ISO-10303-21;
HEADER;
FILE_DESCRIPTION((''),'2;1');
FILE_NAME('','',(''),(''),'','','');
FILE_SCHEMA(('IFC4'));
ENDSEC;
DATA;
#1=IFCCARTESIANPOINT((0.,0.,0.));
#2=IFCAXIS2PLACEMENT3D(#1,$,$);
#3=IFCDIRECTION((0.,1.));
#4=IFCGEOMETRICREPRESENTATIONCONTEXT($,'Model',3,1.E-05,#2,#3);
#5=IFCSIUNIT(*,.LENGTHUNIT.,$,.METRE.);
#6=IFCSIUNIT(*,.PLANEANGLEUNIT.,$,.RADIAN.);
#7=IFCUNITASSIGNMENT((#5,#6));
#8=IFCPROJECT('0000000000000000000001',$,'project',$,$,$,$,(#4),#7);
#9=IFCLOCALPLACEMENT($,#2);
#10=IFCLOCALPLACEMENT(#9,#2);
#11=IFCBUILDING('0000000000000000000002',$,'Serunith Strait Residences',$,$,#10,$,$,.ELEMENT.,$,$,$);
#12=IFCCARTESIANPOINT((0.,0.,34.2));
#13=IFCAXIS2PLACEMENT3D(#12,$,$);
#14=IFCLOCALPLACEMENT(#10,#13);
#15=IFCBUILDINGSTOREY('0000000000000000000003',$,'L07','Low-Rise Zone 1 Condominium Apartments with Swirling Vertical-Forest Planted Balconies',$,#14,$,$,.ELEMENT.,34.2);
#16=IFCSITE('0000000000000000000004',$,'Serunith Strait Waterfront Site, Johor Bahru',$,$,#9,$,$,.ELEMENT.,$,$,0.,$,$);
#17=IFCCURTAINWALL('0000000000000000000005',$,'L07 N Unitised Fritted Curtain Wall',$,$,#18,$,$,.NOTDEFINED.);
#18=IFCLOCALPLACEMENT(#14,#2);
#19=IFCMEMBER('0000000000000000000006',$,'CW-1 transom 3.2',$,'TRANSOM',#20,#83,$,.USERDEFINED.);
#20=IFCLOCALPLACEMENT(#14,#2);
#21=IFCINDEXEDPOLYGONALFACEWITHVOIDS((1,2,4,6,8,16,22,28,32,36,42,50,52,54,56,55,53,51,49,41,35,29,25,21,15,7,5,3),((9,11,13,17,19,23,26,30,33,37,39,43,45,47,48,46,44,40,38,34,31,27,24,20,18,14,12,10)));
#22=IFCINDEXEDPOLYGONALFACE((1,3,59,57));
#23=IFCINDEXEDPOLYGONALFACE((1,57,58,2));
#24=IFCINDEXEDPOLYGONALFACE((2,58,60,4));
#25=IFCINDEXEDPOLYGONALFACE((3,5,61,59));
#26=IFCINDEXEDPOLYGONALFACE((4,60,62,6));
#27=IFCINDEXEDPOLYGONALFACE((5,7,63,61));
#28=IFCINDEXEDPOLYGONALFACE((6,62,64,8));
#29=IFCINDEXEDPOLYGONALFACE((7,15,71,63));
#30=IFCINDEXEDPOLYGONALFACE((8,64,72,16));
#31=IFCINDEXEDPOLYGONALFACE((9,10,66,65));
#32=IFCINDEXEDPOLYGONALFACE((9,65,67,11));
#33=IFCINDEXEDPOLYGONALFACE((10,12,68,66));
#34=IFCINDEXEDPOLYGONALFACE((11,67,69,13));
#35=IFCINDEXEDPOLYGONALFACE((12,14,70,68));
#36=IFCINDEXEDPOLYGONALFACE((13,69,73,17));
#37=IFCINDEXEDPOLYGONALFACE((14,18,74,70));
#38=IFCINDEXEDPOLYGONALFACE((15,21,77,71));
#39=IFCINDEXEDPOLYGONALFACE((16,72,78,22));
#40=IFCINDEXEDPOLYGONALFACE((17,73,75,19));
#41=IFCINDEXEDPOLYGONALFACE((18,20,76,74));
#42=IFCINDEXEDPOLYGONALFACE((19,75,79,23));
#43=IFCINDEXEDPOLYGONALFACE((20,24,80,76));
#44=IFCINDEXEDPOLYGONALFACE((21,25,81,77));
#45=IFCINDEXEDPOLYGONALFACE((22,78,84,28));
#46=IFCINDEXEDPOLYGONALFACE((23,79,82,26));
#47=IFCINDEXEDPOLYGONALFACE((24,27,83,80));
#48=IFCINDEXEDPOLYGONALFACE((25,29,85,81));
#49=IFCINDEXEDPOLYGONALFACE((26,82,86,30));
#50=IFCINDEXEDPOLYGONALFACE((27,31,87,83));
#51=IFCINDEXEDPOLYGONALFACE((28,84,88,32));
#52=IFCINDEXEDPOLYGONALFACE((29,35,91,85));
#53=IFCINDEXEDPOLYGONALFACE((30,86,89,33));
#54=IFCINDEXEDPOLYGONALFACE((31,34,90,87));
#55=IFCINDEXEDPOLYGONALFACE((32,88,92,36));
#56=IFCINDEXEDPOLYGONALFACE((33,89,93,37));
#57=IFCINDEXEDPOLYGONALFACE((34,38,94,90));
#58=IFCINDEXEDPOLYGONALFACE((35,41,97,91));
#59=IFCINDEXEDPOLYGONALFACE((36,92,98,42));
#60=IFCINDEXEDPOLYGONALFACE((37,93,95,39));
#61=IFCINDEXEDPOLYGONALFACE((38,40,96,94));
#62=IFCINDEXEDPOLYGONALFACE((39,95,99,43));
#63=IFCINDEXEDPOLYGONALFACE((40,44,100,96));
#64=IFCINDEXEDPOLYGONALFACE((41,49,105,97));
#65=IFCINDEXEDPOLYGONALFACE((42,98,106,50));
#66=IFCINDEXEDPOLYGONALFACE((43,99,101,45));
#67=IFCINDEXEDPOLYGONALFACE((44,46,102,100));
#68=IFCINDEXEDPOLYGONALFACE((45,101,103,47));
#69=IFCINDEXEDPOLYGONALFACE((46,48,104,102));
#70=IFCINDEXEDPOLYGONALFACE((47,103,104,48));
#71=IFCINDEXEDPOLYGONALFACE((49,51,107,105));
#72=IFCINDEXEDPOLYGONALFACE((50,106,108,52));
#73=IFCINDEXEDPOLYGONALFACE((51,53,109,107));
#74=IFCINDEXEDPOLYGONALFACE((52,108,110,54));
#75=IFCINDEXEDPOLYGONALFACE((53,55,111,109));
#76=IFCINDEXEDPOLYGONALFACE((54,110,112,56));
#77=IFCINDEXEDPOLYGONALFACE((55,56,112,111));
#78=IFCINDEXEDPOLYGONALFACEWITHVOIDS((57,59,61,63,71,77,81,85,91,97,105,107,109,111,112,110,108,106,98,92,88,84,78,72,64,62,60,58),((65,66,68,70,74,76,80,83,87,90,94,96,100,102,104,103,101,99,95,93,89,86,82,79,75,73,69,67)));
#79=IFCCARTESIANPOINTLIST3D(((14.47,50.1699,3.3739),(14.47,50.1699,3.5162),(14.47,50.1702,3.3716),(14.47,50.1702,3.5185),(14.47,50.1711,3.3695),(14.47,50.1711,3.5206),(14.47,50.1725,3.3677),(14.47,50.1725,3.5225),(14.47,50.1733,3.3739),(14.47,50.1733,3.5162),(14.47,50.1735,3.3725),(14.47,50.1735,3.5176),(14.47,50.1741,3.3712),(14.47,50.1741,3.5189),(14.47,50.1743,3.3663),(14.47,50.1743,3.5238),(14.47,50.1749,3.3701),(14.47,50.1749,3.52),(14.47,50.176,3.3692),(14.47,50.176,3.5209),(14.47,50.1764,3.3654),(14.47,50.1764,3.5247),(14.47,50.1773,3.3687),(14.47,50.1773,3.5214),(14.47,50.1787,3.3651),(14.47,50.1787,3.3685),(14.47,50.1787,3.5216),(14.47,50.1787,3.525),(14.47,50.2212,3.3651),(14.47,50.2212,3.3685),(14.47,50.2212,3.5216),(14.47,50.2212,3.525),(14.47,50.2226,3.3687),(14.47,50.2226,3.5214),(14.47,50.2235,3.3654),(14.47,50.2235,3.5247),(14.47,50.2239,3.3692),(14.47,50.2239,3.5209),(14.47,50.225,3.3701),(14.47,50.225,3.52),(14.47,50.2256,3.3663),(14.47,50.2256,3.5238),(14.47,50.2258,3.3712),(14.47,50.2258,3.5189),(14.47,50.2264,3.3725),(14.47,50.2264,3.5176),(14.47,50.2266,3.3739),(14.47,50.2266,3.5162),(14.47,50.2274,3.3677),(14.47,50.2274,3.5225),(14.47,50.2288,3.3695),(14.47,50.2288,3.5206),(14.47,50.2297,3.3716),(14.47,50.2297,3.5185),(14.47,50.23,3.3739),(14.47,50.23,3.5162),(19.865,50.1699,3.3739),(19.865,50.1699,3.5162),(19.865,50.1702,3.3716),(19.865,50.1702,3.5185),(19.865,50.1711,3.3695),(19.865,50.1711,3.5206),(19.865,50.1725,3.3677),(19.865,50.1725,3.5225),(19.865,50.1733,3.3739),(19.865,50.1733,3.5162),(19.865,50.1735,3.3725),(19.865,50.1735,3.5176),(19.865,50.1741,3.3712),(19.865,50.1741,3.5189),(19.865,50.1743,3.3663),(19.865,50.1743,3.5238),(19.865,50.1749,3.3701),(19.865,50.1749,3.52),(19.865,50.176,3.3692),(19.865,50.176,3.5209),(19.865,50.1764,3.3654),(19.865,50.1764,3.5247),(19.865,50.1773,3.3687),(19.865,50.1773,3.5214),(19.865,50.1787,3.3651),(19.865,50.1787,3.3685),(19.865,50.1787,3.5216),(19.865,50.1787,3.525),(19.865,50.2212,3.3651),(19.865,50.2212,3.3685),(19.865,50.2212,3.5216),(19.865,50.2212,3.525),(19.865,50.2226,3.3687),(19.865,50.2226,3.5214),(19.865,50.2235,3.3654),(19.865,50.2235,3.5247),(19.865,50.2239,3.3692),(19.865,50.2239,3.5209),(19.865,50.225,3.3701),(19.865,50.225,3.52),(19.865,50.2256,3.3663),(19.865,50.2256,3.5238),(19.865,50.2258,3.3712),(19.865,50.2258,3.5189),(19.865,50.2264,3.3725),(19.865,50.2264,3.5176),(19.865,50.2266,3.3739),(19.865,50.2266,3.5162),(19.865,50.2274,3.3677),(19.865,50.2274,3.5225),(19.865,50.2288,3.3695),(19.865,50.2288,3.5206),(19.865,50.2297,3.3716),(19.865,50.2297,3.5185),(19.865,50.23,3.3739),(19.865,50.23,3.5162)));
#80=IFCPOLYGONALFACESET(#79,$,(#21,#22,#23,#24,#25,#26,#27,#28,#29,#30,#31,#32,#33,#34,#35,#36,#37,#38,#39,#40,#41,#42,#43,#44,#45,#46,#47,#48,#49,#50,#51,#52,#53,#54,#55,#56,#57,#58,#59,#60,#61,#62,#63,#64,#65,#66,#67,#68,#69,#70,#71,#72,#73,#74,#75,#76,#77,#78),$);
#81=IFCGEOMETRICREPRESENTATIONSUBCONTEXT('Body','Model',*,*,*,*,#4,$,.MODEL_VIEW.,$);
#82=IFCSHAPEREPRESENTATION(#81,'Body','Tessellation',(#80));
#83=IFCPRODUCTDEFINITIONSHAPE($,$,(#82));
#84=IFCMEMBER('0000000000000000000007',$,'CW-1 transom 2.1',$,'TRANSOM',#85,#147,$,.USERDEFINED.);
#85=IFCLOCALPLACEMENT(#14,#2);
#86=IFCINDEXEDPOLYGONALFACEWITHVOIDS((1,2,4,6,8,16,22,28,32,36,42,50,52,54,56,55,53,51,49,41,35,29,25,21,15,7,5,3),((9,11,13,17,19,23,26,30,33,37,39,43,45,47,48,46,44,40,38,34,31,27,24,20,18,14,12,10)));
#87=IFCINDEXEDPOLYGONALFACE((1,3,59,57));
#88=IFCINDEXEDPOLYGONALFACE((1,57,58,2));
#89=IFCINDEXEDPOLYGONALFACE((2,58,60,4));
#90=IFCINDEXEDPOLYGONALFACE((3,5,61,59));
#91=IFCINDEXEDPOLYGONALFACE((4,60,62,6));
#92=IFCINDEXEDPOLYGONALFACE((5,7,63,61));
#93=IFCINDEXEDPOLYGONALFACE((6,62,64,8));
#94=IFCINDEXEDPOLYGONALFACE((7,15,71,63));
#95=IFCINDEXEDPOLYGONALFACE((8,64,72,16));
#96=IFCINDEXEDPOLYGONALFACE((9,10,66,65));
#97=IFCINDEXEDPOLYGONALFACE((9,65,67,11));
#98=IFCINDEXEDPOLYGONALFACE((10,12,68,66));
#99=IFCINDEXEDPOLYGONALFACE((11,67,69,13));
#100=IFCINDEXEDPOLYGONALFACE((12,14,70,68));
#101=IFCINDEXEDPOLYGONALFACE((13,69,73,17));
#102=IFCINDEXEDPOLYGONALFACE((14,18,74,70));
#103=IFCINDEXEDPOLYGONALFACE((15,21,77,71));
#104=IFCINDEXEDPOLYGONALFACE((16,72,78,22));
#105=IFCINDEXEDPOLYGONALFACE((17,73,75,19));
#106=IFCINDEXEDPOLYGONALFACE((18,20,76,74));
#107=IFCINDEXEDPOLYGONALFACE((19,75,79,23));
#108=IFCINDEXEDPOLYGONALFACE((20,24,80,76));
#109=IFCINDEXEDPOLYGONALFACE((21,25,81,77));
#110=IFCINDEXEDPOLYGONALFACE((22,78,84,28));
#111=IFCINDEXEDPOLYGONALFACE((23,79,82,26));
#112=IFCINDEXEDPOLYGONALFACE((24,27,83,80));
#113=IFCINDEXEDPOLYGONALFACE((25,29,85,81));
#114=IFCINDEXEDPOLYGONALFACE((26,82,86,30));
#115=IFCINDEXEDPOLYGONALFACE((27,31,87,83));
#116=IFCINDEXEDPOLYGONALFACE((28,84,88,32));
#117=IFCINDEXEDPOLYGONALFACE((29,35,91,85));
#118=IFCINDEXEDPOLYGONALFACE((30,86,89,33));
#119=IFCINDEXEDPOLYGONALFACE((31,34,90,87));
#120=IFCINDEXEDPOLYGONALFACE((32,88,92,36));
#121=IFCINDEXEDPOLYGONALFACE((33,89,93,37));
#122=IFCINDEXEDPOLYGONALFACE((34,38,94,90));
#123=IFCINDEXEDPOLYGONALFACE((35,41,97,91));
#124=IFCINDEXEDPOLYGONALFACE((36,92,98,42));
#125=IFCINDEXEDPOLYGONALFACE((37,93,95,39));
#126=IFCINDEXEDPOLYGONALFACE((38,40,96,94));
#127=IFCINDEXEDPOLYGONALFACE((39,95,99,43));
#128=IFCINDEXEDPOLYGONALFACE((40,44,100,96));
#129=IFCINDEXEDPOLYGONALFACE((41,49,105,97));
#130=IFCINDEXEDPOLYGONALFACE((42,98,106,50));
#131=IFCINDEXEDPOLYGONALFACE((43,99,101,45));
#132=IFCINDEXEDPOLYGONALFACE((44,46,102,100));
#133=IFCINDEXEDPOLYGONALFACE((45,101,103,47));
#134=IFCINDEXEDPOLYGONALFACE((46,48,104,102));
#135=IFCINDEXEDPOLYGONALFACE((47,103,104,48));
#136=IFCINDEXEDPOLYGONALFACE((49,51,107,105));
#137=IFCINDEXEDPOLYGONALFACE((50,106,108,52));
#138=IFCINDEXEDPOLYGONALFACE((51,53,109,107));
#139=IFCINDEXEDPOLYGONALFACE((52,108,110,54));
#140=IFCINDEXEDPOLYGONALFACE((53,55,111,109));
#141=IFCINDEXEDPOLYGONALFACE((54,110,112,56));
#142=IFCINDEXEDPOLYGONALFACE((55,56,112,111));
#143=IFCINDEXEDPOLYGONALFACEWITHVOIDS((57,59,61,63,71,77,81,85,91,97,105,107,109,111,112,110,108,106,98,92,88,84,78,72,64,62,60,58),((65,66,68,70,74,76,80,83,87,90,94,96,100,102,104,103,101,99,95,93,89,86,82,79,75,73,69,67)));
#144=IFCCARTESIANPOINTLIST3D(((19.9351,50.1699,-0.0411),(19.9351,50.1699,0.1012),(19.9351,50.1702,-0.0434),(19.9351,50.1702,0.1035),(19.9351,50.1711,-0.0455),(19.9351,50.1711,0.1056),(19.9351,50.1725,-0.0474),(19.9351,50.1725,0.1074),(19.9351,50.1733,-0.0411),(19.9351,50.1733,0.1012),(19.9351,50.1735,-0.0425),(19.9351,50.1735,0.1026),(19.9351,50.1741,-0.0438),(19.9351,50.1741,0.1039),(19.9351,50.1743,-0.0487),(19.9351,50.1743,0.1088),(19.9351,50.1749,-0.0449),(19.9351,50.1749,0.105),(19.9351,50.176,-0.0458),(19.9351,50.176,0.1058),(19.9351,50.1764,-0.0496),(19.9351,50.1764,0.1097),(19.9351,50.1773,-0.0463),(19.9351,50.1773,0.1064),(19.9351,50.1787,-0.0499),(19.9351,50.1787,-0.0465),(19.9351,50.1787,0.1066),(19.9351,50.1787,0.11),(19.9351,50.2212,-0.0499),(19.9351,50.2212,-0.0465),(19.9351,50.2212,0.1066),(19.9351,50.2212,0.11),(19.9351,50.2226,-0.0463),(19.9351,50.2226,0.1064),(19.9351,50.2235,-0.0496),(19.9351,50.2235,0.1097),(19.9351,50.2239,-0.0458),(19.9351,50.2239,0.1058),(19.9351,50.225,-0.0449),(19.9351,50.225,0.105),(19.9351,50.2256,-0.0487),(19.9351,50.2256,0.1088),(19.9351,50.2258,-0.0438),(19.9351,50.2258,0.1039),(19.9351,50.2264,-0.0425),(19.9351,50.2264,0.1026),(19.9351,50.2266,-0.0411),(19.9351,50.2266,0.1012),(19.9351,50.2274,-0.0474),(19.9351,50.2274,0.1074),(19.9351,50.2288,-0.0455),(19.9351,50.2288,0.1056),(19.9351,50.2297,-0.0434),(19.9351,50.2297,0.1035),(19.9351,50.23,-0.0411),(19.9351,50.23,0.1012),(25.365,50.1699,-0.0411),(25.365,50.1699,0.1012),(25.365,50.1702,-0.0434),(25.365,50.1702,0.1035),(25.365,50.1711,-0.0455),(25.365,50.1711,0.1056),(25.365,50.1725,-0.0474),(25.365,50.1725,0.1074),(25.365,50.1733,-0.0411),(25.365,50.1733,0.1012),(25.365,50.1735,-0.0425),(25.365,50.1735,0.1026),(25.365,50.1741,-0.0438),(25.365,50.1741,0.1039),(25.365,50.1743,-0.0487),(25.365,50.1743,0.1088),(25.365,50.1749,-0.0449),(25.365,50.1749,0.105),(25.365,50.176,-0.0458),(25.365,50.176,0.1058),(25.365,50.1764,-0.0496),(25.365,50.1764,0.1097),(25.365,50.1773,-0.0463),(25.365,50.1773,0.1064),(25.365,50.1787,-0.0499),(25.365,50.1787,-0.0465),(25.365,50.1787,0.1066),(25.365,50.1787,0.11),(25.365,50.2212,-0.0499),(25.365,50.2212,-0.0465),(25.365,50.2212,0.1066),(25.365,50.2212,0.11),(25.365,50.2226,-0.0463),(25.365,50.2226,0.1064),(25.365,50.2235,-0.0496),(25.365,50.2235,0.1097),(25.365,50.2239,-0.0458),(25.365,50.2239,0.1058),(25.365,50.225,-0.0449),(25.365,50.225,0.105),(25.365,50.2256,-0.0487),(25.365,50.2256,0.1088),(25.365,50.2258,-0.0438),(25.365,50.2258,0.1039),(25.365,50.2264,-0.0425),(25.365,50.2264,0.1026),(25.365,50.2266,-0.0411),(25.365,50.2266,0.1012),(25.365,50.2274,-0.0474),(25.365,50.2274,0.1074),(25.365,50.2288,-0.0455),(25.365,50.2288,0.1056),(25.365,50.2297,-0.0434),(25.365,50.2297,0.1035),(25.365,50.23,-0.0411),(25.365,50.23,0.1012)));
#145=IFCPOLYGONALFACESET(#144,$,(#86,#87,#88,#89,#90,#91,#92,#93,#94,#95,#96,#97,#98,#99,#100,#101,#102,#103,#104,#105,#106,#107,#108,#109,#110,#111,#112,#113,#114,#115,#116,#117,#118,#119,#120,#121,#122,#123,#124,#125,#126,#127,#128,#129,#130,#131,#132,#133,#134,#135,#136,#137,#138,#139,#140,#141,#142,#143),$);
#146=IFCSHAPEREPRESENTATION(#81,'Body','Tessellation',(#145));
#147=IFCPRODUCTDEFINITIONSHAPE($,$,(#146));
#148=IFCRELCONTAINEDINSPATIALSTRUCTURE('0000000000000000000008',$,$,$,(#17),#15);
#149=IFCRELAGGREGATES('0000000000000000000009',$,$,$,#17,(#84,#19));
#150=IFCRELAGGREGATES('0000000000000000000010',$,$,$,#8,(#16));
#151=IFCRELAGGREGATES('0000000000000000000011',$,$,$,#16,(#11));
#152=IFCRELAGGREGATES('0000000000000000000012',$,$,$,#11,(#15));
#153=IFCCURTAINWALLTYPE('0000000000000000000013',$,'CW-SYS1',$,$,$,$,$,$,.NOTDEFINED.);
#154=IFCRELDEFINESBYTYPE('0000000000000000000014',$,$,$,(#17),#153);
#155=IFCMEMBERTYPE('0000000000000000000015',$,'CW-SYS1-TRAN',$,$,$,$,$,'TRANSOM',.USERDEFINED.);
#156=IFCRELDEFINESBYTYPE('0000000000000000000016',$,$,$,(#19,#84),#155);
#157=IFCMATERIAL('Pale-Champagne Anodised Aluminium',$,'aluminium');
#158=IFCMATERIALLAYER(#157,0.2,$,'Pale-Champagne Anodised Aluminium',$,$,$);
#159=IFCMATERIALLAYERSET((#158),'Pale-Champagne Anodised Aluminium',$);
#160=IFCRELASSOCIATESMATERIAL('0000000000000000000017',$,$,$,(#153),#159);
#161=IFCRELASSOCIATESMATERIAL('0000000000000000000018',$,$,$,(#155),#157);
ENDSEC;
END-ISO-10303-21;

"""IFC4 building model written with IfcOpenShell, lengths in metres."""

from ifc_helpers import new_model, si_unit, direction, frame, origin, origin_2d, place, context, subcontext, project, spatial, hollow_rectangle, extrude, source, transform, mapped, material, layer, layer_set, material_profile, profile_set, type_object, element, aggregate, save


model = new_model("IFC4")

# Units and contexts
model_context = context("Model", 3, precision=1e-05, world=origin(), true_north=direction((0.0, 1.0)))
body_context = subcontext(model_context, "Body", "Model", "MODEL_VIEW")
ifc_project = project(units=[si_unit("LENGTHUNIT", "METRE"), si_unit("PLANEANGLEUNIT", "RADIAN")], contexts=[model_context])

# Site, building, storey
site_placement = place(None, origin())
site = spatial("IfcSite", under=ifc_project, at=site_placement, Name="Serunith Strait Waterfront Site, Johor Bahru", CompositionType="ELEMENT", RefElevation=0.0)
building_placement = place(site_placement, origin())
building = spatial("IfcBuilding", under=site, at=building_placement, Name="Serunith Strait Residences", CompositionType="ELEMENT")
storey_placement = place(building_placement, frame((0.0, 0.0, 34.2)))
storey = spatial("IfcBuildingStorey", under=building, at=storey_placement, Name="L07", Description="Low-Rise Zone 1 Condominium Apartments with Swirling Vertical-Forest Planted Balconies", CompositionType="ELEMENT", Elevation=34.2)

# Curtain wall, members
ifc_material_1 = material(Name="Pale-Champagne Anodised Aluminium", Category="aluminium")
ifc_layer_1 = layer(ifc_material_1, 0.2, Name="Pale-Champagne Anodised Aluminium")
ifc_layer_set_1 = layer_set([ifc_layer_1], Name="Pale-Champagne Anodised Aluminium")
curtain_wall_type = type_object("IfcCurtainWallType", Name="CW-SYS1", PredefinedType="NOTDEFINED", material=ifc_layer_set_1)
curtain_wall_placement = place(storey_placement, origin())
curtain_wall = element("IfcCurtainWall", 1, at=curtain_wall_placement, inside=storey, type_object=curtain_wall_type, Name="L07 N Unitised Fritted Curtain Wall", PredefinedType="NOTDEFINED")
ifc_material_profile_1 = material_profile(ifc_material_1, hollow_rectangle(XDim=0.0601, YDim=0.1599, WallThickness=0.0034, InnerFilletRadius=0.0054, OuterFilletRadius=0.0088, at=origin_2d()), Name="ALU 160x60x3.5")
ifc_profile_set_1 = profile_set([ifc_material_profile_1], Name="Pale-Champagne Anodised Aluminium")
member_type_1 = type_object("IfcMemberType", Name="CW-SYS1-TRAN", ElementType="TRANSOM", PredefinedType="USERDEFINED", material=ifc_profile_set_1)
shared_shape_1 = source(origin(), body_context, "Body", "SweptSolid", [
    extrude(hollow_rectangle(XDim=0.0601, YDim=0.1599, WallThickness=0.0034, InnerFilletRadius=0.0054, OuterFilletRadius=0.0088, at=origin_2d()), origin(), (0.0, 0.0, 1.0), 5.395),
])
member_1_placement = place(storey_placement, frame((19.865, 50.2, 3.4451), z_axis=(-1.0, 0.0, 0.0), x_axis=(0.0, -1.0, 0.0)))
member_1 = element("IfcMember", 2, at=member_1_placement, type_object=member_type_1, Name="CW-1 transom 3.2", ObjectType="TRANSOM", PredefinedType="USERDEFINED", context=body_context, shape_type="MappedRepresentation", body=[
    mapped(shared_shape_1, transform((0.0, 0.0, 0.0), scale=1.0)),
])
shared_shape_2 = source(origin(), body_context, "Body", "SweptSolid", [
    extrude(hollow_rectangle(XDim=0.0601, YDim=0.1599, WallThickness=0.0034, InnerFilletRadius=0.0054, OuterFilletRadius=0.0088, at=origin_2d()), origin(), (0.0, 0.0, 1.0), 5.4299),
])
member_2_placement = place(storey_placement, frame((25.365, 50.2, 0.03), z_axis=(-1.0, 0.0, 0.0), x_axis=(0.0, -1.0, 0.0)))
member_2 = element("IfcMember", 3, at=member_2_placement, type_object=member_type_1, Name="CW-1 transom 2.1", ObjectType="TRANSOM", PredefinedType="USERDEFINED", context=body_context, shape_type="MappedRepresentation", body=[
    mapped(shared_shape_2, transform((0.0, 0.0, 0.0), scale=1.0)),
])
aggregate(curtain_wall, [member_2, member_1])

save(model, "model.ifc")
